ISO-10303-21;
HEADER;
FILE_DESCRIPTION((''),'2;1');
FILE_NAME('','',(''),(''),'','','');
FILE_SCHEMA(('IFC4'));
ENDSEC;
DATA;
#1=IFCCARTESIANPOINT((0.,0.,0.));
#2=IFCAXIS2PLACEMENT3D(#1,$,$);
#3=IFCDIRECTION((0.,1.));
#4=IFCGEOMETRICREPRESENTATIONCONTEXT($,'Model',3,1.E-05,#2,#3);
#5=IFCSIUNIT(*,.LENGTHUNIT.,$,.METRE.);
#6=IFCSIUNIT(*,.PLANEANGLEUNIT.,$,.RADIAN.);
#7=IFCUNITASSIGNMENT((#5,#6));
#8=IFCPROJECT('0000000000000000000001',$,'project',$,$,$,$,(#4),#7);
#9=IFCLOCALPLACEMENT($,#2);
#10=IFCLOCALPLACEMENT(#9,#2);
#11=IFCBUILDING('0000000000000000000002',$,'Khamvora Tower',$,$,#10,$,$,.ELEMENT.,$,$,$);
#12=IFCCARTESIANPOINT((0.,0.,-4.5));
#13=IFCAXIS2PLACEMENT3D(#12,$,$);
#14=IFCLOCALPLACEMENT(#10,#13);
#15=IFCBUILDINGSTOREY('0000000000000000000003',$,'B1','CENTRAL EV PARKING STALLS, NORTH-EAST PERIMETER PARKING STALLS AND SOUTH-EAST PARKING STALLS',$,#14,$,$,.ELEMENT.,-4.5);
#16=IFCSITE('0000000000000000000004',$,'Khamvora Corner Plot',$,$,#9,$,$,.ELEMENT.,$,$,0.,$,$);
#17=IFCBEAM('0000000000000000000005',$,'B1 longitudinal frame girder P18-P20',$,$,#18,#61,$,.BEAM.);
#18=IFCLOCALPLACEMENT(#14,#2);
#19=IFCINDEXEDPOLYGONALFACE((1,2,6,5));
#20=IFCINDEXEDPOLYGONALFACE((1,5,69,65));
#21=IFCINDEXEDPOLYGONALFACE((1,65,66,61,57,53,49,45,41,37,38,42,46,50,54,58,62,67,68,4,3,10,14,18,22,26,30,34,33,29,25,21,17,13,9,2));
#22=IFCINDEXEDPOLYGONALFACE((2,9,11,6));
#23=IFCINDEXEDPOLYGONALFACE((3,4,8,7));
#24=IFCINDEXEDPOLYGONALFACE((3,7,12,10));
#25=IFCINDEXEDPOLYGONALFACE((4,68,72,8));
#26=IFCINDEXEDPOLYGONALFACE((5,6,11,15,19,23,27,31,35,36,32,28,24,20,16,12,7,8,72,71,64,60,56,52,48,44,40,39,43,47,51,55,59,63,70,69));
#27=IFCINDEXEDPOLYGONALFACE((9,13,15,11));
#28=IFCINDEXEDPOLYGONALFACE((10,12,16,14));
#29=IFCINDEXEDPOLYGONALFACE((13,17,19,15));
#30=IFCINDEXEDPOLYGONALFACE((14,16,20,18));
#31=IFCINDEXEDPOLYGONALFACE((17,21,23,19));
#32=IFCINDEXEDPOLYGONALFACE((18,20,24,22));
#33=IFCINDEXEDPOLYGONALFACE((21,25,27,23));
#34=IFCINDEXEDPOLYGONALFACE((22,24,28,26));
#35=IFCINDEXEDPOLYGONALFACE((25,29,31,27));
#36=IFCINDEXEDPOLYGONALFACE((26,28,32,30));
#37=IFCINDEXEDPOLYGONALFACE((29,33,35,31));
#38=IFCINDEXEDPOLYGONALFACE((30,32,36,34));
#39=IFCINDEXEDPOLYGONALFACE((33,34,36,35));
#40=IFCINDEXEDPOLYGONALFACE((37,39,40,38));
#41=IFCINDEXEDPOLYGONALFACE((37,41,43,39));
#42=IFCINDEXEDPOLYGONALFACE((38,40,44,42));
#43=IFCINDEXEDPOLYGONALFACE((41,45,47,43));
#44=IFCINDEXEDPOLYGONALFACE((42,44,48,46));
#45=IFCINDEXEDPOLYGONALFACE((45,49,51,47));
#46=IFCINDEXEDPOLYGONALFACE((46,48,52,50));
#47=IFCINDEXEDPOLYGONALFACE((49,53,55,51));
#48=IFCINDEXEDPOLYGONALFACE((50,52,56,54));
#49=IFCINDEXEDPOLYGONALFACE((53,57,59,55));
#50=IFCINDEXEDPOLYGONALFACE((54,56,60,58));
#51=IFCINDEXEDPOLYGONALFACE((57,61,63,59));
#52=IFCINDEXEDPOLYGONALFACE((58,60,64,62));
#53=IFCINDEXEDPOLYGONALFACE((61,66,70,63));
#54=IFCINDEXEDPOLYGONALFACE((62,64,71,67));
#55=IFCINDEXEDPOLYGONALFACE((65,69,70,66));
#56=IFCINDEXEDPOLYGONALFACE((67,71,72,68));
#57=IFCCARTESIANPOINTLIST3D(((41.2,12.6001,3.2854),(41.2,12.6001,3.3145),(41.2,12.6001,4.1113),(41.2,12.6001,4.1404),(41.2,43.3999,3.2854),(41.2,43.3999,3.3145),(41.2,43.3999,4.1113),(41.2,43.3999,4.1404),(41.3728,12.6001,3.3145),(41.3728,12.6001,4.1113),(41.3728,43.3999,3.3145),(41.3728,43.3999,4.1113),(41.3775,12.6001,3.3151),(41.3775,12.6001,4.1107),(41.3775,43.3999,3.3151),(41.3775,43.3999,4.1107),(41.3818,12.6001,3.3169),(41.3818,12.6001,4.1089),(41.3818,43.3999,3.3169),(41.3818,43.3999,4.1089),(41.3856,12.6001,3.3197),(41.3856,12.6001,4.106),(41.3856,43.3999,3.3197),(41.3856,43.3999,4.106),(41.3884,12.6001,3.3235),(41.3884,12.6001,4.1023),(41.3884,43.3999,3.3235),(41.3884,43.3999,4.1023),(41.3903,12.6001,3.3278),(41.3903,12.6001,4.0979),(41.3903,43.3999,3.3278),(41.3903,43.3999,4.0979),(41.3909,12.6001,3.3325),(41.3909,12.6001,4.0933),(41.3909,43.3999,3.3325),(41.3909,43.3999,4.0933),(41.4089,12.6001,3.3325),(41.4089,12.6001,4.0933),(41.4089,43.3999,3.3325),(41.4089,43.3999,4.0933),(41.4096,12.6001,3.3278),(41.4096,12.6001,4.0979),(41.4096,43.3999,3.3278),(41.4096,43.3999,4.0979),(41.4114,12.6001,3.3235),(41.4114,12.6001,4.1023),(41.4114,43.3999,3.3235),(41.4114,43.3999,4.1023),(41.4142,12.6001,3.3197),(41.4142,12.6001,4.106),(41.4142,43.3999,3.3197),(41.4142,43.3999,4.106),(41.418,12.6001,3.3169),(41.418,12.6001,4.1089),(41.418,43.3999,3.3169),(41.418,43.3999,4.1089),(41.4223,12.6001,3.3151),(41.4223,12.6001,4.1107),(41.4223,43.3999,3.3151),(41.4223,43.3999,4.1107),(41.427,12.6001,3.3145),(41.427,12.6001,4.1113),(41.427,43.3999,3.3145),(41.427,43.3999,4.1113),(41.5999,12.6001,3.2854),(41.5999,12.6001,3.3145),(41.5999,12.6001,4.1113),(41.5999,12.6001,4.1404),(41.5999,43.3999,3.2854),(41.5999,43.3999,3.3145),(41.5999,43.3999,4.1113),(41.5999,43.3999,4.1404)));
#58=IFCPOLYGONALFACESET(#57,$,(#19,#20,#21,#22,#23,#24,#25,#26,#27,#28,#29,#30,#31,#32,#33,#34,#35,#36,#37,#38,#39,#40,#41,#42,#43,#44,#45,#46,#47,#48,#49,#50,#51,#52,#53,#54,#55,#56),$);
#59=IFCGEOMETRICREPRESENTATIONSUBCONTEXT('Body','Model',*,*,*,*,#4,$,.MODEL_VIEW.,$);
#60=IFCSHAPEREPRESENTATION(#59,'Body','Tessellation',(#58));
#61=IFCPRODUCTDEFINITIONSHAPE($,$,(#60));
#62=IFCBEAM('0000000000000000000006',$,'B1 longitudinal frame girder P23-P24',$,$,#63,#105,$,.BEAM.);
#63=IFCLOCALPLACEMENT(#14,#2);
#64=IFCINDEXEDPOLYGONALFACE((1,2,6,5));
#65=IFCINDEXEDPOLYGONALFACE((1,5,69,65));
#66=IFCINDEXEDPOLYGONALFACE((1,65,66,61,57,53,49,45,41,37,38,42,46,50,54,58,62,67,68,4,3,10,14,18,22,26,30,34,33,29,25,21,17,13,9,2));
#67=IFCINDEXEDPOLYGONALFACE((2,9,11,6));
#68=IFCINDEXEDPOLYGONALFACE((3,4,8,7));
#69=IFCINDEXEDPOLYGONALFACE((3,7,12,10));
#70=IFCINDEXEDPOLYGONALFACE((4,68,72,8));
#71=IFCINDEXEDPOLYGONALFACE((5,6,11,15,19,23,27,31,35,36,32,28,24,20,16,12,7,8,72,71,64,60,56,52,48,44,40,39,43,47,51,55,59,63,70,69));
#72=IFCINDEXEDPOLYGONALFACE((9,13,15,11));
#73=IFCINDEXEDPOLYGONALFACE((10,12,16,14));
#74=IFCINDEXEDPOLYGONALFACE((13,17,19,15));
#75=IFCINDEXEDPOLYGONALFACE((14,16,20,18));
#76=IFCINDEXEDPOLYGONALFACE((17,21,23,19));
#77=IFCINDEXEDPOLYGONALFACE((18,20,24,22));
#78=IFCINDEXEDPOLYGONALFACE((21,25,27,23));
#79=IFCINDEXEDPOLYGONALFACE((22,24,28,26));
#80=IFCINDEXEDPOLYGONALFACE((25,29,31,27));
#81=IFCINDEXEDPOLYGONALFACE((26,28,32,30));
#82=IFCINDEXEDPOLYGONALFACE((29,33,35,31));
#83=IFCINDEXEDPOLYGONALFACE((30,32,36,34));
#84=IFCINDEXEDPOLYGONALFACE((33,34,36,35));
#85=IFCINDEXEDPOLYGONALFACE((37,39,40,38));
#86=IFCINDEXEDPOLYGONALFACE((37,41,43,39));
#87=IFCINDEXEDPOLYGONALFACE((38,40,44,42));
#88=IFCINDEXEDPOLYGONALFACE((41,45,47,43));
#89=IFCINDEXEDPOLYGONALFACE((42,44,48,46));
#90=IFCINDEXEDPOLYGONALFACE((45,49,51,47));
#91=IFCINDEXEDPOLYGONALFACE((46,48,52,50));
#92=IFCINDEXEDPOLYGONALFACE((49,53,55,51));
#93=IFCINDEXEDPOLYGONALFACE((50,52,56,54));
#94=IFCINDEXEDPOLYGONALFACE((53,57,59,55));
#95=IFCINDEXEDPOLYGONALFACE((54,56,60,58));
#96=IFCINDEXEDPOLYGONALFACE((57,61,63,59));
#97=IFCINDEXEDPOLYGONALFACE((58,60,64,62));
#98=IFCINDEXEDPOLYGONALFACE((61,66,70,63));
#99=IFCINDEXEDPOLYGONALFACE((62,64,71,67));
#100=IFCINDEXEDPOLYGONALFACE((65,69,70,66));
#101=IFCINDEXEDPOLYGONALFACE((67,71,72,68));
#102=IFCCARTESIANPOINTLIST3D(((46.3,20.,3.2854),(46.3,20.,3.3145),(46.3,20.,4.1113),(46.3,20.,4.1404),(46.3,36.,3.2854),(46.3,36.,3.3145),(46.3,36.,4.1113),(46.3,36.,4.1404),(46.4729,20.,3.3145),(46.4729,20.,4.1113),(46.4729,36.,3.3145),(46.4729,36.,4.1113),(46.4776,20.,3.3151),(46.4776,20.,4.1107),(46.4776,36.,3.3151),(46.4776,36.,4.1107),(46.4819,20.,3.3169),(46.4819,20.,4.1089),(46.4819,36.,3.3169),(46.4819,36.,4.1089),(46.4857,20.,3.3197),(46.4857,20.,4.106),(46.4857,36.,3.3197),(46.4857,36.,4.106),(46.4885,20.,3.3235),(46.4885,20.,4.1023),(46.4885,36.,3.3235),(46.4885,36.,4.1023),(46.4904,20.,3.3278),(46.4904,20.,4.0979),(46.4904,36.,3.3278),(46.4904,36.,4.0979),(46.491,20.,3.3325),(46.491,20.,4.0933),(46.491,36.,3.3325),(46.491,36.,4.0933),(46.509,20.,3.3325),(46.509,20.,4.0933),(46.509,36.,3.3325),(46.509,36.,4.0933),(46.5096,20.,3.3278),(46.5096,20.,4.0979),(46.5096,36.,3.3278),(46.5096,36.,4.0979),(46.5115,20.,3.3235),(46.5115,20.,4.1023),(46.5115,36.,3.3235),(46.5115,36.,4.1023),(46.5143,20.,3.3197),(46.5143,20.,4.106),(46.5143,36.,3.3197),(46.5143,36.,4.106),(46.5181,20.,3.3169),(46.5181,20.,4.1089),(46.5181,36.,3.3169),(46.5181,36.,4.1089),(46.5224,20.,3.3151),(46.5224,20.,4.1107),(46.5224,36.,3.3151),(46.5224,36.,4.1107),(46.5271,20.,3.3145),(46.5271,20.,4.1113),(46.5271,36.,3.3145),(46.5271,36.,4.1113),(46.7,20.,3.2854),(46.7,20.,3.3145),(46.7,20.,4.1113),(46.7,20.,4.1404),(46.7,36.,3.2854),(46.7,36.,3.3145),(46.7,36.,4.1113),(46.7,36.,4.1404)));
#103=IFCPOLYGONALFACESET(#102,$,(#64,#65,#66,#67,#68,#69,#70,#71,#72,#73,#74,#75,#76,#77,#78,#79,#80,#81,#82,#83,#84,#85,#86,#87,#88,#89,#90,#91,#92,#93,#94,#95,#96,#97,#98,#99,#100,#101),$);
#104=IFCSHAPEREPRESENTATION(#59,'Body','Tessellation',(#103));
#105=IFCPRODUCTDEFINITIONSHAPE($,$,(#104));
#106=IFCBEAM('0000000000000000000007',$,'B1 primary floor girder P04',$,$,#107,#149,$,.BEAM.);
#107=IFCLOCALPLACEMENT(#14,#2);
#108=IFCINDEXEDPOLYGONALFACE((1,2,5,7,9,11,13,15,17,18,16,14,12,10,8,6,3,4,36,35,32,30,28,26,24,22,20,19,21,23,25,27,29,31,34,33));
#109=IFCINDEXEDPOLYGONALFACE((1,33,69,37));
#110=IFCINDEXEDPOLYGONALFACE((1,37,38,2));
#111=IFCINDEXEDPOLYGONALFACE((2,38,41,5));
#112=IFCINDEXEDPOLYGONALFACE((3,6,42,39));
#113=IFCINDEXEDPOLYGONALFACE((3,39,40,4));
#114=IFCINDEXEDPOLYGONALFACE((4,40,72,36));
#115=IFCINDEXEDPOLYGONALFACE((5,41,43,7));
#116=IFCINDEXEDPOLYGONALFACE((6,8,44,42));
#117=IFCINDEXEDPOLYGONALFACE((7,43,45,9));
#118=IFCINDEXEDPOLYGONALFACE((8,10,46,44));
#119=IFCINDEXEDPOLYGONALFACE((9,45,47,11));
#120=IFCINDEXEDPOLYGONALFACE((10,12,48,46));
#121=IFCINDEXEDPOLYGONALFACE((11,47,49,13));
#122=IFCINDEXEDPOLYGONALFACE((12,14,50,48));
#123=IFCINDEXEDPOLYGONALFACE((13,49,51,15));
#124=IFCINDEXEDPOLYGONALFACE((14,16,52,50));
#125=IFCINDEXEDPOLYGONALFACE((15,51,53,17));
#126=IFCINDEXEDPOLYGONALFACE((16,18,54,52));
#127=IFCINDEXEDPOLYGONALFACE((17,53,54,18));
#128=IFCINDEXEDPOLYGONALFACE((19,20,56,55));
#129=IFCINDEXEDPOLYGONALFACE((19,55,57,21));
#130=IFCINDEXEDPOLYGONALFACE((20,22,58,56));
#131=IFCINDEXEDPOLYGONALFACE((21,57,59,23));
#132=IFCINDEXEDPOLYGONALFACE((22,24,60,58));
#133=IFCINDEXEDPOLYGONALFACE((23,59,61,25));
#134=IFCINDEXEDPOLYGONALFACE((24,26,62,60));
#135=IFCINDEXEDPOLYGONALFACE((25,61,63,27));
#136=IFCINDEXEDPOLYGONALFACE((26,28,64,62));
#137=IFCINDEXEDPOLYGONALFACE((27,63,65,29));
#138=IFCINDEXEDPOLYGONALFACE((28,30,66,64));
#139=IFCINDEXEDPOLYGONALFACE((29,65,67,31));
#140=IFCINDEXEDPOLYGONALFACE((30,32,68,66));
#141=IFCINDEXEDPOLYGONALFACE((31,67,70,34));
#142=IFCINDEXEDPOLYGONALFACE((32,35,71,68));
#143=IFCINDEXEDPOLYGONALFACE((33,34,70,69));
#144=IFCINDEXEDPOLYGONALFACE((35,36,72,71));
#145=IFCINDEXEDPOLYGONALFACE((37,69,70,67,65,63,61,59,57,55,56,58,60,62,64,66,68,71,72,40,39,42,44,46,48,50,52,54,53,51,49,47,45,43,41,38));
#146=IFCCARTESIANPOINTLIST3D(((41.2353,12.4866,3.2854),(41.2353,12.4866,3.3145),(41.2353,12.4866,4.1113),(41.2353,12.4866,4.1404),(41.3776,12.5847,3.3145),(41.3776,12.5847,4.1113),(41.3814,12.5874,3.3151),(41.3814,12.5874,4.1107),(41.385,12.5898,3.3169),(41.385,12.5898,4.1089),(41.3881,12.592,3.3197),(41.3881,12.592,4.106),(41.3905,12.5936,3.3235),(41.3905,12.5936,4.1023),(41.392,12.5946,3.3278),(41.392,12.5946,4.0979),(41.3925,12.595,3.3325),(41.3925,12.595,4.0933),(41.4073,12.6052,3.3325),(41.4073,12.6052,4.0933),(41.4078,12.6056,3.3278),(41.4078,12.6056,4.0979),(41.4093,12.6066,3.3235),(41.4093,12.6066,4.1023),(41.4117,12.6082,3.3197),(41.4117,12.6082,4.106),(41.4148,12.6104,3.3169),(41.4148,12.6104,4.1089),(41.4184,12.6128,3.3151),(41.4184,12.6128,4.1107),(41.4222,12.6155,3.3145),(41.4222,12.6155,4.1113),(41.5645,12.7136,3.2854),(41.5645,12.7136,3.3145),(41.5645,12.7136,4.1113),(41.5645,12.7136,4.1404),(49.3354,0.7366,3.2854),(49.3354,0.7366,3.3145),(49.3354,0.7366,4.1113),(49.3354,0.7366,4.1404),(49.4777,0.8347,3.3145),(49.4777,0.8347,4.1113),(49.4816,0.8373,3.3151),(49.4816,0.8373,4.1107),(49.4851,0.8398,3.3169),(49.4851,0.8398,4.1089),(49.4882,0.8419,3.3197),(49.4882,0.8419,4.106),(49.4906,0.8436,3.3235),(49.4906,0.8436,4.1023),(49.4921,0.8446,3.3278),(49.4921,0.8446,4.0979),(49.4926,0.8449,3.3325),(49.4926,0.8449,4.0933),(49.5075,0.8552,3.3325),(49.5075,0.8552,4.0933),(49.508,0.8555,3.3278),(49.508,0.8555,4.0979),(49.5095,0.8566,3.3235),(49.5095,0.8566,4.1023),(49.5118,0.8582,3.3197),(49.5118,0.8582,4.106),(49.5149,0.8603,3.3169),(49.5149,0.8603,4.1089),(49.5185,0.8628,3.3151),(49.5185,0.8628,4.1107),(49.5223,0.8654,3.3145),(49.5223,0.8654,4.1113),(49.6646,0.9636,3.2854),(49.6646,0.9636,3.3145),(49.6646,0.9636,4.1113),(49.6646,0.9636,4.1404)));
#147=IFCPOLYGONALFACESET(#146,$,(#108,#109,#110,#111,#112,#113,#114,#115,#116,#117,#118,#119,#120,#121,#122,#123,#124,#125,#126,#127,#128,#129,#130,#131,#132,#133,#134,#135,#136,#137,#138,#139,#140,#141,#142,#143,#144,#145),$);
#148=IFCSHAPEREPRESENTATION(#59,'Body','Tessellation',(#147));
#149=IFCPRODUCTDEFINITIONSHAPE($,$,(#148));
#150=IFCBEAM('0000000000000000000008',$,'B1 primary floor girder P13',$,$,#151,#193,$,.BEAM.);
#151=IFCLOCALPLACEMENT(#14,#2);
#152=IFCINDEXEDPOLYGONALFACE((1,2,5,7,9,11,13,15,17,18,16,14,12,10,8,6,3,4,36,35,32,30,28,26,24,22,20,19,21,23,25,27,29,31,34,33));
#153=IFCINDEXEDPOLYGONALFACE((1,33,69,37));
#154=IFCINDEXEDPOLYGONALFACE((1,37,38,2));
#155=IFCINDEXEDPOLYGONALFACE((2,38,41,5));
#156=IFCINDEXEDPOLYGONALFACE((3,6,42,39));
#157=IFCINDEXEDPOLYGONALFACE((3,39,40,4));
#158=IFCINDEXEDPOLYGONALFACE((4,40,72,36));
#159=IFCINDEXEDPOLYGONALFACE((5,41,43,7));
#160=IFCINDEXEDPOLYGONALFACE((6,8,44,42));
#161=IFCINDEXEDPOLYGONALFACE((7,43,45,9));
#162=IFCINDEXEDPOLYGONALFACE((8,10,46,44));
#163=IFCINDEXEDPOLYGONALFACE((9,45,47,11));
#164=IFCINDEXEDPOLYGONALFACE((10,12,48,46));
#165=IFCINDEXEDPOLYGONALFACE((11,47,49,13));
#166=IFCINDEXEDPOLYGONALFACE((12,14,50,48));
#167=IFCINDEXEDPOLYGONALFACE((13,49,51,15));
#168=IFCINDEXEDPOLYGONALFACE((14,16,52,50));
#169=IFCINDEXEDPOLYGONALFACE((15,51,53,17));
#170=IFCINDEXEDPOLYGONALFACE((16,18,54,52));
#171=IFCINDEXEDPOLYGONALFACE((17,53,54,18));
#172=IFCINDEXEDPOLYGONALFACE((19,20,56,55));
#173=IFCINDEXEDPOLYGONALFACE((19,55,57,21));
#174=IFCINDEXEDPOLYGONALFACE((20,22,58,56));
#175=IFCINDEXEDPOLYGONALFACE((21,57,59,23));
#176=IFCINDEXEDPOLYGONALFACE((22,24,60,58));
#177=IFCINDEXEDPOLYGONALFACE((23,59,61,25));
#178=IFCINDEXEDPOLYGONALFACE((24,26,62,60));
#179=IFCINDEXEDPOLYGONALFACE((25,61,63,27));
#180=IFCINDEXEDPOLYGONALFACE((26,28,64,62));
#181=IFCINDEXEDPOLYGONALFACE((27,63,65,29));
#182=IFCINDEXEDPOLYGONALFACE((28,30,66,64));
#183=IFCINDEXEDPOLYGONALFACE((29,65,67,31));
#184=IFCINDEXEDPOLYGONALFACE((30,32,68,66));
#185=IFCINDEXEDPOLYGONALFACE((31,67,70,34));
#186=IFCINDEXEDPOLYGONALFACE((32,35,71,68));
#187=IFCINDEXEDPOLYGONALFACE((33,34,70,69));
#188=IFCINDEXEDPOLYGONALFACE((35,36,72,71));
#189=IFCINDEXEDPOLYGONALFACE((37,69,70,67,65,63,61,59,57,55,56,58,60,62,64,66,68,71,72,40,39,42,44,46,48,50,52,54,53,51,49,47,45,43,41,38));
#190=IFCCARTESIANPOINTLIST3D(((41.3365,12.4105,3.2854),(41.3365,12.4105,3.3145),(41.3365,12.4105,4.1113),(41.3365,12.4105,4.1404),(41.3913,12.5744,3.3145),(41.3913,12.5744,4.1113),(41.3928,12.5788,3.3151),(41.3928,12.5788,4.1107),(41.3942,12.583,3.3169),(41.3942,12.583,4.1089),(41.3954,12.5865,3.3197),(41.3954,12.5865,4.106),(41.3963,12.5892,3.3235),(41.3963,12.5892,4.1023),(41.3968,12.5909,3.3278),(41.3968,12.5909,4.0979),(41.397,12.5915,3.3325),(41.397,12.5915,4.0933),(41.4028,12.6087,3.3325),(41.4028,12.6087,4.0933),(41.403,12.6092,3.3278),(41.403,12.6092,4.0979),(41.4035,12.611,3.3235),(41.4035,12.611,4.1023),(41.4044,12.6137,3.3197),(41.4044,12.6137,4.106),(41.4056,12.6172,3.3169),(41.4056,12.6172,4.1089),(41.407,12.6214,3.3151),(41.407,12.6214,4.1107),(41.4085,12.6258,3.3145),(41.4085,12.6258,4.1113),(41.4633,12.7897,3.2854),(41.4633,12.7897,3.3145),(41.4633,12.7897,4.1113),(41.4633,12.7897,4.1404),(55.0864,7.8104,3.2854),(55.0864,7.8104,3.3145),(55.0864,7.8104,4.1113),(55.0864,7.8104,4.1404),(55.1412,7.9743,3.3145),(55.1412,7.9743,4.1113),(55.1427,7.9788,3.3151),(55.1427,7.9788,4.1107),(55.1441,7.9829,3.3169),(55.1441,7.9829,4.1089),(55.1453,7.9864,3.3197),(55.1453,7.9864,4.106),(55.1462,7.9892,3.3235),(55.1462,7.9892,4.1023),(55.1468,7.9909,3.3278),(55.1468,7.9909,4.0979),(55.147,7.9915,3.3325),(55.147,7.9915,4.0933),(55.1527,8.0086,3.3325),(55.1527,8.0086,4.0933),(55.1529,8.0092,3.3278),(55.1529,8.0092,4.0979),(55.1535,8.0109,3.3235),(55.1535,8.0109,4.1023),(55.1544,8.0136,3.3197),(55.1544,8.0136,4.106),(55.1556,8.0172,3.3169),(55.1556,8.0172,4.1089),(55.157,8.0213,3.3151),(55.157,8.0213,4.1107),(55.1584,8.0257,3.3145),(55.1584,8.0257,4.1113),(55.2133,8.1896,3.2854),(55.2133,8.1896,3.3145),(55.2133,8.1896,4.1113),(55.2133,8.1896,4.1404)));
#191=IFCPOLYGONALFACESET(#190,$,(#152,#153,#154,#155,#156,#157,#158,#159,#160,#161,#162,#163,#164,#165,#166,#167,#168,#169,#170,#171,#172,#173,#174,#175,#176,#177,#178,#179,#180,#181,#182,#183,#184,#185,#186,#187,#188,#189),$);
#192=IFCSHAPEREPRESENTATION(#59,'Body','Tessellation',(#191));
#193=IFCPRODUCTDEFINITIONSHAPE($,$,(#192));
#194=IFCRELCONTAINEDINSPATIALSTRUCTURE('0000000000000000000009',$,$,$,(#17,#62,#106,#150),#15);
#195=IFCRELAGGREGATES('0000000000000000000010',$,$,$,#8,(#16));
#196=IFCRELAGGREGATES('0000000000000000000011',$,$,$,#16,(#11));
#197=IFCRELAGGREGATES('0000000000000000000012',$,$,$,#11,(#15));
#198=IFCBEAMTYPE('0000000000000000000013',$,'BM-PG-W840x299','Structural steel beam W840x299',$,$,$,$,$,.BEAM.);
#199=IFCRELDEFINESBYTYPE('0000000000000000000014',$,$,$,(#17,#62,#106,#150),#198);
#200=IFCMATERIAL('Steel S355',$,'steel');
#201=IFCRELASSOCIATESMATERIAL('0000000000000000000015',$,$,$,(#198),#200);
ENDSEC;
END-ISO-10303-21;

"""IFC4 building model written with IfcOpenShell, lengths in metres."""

from ifc_helpers import new_model, si_unit, direction, frame, origin, origin_2d, place, context, subcontext, project, spatial, i_section, extrude, material, material_profile, profile_set, type_object, element, save


model = new_model("IFC4")

# Units and contexts
model_context = context("Model", 3, precision=1e-05, world=origin(), true_north=direction((0.0, 1.0)))
body_context = subcontext(model_context, "Body", "Model", "MODEL_VIEW")
ifc_project = project(units=[si_unit("LENGTHUNIT", "METRE"), si_unit("PLANEANGLEUNIT", "RADIAN")], contexts=[model_context])

# Site, building, storey
site_placement = place(None, origin())
site = spatial("IfcSite", under=ifc_project, at=site_placement, Name="Khamvora Corner Plot", CompositionType="ELEMENT", RefElevation=0.0)
building_placement = place(site_placement, origin())
building = spatial("IfcBuilding", under=site, at=building_placement, Name="Khamvora Tower", CompositionType="ELEMENT")
storey_placement = place(building_placement, frame((0.0, 0.0, -4.5)))
storey = spatial("IfcBuildingStorey", under=building, at=storey_placement, Name="B1", Description="CENTRAL EV PARKING STALLS, NORTH-EAST PERIMETER PARKING STALLS AND SOUTH-EAST PARKING STALLS", CompositionType="ELEMENT", Elevation=-4.5)

# Beams
ifc_material_1 = material(Name="Steel S355", Category="steel")
ifc_material_profile_1 = material_profile(ifc_material_1, i_section(OverallWidth=0.3999, OverallDepth=0.855, WebThickness=0.0181, FlangeThickness=0.0291, FilletRadius=0.0181, at=origin_2d()), Name="W840x299")
ifc_profile_set_1 = profile_set([ifc_material_profile_1], Name="Steel S355")
beam_type_1 = type_object("IfcBeamType", Name="BM-PG-W840x299", Description="Structural steel beam W840x299", PredefinedType="BEAM", material=ifc_profile_set_1)
beam_1_placement = place(storey_placement, frame((41.3999, 12.6001, 3.7129), z_axis=(0.0, 1.0, 0.0), x_axis=(-1.0, 0.0, 0.0)))
element("IfcBeam", 1, at=beam_1_placement, inside=storey, type_object=beam_type_1, Name="B1 longitudinal frame girder P18-P20", PredefinedType="BEAM", context=body_context, shape_type="SweptSolid", body=[
    extrude(i_section(OverallWidth=0.3999, OverallDepth=0.855, WebThickness=0.0181, FlangeThickness=0.0291, FilletRadius=0.0181, at=origin_2d()), origin(), (0.0, 0.0, 1.0), 30.7998),
])
beam_2_placement = place(storey_placement, frame((46.5, 20.0, 3.7129), z_axis=(0.0, 1.0, 0.0), x_axis=(-1.0, 0.0, 0.0)))
element("IfcBeam", 2, at=beam_2_placement, inside=storey, type_object=beam_type_1, Name="B1 longitudinal frame girder P23-P24", PredefinedType="BEAM", context=body_context, shape_type="SweptSolid", body=[
    extrude(i_section(OverallWidth=0.3999, OverallDepth=0.855, WebThickness=0.0181, FlangeThickness=0.0291, FilletRadius=0.0181, at=origin_2d()), origin(), (0.0, 0.0, 1.0), 16.0),
])
beam_3_placement = place(storey_placement, frame((41.3999, 12.6001, 3.7129), z_axis=(0.567574, -0.823322, 0.0), x_axis=(0.823322, 0.567574, 0.0)))
element("IfcBeam", 3, at=beam_3_placement, inside=storey, type_object=beam_type_1, Name="B1 primary floor girder P04", PredefinedType="BEAM", context=body_context, shape_type="SweptSolid", body=[
    extrude(i_section(OverallWidth=0.3999, OverallDepth=0.855, WebThickness=0.0181, FlangeThickness=0.0291, FilletRadius=0.0181, at=origin_2d()), origin(), (0.0, 0.0, 1.0), 14.2715),
])
beam_4_placement = place(storey_placement, frame((41.3999, 12.6001, 3.7129), z_axis=(0.948336, -0.317268, 0.0), x_axis=(0.317268, 0.948336, 0.0)))
element("IfcBeam", 4, at=beam_4_placement, inside=storey, type_object=beam_type_1, Name="B1 primary floor girder P13", PredefinedType="BEAM", context=body_context, shape_type="SweptSolid", body=[
    extrude(i_section(OverallWidth=0.3999, OverallDepth=0.855, WebThickness=0.0181, FlangeThickness=0.0291, FilletRadius=0.0181, at=origin_2d()), origin(), (0.0, 0.0, 1.0), 14.499),
])

save(model, "model.ifc")
